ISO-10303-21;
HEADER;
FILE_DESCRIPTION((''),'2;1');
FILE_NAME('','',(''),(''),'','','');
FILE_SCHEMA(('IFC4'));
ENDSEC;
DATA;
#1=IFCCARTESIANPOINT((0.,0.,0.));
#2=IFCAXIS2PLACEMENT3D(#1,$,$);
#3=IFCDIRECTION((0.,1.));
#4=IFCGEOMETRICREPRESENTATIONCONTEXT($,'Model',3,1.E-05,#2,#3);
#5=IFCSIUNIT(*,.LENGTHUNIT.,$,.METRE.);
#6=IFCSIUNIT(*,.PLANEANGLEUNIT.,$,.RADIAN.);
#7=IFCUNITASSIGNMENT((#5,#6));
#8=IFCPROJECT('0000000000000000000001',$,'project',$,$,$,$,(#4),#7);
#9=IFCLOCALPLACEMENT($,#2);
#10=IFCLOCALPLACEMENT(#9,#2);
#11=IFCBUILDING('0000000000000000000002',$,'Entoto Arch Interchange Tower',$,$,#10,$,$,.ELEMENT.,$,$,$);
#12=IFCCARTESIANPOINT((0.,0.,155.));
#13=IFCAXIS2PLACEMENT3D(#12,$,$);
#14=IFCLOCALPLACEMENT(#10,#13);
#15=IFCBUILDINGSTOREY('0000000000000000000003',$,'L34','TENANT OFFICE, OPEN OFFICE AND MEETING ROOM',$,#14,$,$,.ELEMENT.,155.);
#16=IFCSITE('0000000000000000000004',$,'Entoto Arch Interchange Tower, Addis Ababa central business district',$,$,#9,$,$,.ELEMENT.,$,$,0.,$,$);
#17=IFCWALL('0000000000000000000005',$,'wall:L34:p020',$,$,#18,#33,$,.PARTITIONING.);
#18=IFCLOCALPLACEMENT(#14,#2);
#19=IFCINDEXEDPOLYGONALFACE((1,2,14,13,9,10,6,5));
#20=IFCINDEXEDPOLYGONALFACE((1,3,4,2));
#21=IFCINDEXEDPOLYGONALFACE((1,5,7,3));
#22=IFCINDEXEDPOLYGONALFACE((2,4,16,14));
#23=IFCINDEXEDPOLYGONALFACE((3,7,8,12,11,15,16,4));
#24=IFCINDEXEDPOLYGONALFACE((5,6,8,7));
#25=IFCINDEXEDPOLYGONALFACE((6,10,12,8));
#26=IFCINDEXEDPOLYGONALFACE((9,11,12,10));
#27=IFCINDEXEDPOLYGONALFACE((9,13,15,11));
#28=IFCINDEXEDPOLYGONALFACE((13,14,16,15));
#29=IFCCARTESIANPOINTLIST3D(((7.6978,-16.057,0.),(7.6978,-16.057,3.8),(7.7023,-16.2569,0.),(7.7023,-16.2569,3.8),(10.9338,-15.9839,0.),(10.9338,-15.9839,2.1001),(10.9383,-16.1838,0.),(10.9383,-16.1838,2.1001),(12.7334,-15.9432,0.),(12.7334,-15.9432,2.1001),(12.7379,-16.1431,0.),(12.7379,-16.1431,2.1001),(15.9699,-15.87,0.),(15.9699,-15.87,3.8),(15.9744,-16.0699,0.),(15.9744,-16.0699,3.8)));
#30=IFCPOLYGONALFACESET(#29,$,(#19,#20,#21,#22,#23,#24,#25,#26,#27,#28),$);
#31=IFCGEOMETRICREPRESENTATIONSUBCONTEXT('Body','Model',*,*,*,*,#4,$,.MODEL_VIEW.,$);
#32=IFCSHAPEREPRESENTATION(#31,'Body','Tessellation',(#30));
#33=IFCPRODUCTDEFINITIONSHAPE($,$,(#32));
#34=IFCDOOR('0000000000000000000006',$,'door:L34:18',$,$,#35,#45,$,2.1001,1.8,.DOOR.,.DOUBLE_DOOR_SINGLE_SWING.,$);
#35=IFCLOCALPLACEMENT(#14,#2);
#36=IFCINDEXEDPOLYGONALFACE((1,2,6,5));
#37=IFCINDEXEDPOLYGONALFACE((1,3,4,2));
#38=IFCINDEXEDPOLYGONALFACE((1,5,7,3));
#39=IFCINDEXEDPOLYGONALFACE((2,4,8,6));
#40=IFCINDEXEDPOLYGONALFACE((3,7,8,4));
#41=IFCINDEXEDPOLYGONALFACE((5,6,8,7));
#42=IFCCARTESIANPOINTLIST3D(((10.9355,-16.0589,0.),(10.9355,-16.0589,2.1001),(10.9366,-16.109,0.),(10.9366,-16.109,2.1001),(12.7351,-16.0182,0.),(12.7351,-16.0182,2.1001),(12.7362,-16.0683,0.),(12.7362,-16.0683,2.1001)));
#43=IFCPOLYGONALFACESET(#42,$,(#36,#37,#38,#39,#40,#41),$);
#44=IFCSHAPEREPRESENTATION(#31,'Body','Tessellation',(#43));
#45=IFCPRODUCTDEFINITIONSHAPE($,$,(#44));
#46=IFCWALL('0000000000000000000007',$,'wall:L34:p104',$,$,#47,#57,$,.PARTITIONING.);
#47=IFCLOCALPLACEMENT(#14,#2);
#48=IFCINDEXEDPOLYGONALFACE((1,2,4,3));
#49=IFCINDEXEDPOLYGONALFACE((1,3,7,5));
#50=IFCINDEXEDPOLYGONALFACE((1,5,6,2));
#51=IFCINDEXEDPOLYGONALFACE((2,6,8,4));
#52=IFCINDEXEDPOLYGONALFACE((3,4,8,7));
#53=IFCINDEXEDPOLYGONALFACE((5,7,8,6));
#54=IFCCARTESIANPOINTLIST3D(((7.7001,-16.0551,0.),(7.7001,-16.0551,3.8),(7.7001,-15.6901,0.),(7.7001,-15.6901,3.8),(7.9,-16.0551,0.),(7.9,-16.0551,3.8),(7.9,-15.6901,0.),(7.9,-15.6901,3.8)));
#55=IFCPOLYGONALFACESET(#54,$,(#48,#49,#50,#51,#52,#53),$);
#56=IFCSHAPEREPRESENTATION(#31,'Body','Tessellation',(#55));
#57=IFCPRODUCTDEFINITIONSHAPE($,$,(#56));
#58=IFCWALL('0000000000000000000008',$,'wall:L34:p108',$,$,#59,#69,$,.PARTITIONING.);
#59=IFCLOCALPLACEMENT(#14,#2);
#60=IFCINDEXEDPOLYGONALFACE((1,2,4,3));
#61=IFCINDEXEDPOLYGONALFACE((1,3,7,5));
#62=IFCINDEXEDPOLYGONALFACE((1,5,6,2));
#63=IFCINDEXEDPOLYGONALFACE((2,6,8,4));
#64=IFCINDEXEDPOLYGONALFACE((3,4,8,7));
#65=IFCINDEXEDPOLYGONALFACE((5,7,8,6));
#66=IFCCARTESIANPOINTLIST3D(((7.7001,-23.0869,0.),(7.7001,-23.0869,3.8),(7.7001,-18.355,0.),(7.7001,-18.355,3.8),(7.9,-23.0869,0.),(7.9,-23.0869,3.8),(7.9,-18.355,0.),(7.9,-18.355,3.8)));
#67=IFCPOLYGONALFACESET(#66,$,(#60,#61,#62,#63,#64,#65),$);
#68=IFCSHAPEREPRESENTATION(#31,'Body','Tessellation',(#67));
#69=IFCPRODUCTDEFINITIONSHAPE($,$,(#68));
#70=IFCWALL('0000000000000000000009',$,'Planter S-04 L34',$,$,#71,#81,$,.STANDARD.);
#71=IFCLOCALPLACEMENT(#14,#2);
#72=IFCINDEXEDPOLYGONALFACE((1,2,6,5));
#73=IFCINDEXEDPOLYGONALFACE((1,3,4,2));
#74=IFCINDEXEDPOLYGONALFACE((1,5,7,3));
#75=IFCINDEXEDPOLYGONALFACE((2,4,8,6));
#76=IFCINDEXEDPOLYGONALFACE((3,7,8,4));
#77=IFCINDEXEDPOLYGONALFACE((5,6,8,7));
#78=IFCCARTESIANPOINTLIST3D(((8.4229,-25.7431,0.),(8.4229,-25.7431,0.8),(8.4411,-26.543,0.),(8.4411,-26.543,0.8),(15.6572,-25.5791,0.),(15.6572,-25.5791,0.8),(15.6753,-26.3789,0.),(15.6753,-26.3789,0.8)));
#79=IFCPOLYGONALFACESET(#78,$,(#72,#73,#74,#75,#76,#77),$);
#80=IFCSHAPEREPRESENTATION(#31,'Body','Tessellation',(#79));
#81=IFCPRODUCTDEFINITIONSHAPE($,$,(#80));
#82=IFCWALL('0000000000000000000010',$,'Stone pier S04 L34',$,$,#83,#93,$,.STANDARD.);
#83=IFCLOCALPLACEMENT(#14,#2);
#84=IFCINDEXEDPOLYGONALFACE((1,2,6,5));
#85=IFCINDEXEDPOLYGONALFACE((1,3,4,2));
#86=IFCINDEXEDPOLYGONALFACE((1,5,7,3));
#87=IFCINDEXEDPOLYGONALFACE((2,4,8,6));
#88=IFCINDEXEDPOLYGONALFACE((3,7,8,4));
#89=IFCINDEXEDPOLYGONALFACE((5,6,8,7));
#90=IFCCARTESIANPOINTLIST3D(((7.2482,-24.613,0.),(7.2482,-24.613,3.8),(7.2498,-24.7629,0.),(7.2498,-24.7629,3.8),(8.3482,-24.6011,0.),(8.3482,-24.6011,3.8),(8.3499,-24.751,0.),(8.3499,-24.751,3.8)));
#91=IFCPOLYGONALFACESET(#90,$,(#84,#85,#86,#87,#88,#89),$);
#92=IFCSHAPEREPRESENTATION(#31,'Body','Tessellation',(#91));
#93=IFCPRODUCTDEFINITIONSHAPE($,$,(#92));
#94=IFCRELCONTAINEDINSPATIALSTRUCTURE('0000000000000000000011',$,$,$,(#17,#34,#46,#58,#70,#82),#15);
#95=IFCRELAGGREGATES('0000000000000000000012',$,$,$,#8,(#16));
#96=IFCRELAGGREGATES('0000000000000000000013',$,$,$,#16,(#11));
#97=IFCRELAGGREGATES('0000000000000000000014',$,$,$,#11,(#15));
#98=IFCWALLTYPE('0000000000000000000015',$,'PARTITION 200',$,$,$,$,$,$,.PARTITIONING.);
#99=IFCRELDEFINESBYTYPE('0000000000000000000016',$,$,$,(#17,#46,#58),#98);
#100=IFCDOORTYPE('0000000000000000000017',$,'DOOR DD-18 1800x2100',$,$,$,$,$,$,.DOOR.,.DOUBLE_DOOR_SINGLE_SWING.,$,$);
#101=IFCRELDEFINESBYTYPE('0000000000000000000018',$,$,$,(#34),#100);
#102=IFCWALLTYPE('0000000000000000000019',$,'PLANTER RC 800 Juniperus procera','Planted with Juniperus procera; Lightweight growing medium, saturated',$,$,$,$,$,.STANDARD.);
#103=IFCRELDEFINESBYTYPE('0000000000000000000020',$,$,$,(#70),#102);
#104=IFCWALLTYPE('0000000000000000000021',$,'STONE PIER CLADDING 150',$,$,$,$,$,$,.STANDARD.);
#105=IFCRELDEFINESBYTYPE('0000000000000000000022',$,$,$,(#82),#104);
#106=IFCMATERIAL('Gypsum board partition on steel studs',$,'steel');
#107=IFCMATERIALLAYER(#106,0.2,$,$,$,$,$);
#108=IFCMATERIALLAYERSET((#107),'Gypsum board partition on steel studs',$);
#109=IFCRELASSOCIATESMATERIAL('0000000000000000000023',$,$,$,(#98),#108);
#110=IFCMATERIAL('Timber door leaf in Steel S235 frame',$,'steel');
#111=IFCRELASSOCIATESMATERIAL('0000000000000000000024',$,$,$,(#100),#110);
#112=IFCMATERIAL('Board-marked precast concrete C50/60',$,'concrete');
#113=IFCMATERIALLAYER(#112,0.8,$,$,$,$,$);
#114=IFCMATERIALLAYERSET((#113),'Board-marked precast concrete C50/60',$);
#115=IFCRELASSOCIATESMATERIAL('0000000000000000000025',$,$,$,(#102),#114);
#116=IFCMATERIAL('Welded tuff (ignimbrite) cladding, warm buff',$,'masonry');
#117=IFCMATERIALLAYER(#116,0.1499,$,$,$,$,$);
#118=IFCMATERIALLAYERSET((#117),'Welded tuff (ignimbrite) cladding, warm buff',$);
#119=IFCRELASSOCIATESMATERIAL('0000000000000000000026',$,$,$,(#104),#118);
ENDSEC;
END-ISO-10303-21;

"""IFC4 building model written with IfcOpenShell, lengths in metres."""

from ifc_helpers import new_model, si_unit, direction, frame, frame_2d, origin, place, context, subcontext, project, spatial, rectangle, extrude, material, layer, layer_set, type_object, element, fill, save


model = new_model("IFC4")

# Units and contexts
model_context = context("Model", 3, precision=1e-05, world=origin(), true_north=direction((0.0, 1.0)))
body_context = subcontext(model_context, "Body", "Model", "MODEL_VIEW")
ifc_project = project(units=[si_unit("LENGTHUNIT", "METRE"), si_unit("PLANEANGLEUNIT", "RADIAN")], contexts=[model_context])

# Site, building, storey
site_placement = place(None, origin())
site = spatial("IfcSite", under=ifc_project, at=site_placement, Name="Entoto Arch Interchange Tower, Addis Ababa central business district", CompositionType="ELEMENT", RefElevation=0.0)
building_placement = place(site_placement, origin())
building = spatial("IfcBuilding", under=site, at=building_placement, Name="Entoto Arch Interchange Tower", CompositionType="ELEMENT")
storey_placement = place(building_placement, frame((0.0, 0.0, 155.0)))
storey = spatial("IfcBuildingStorey", under=building, at=storey_placement, Name="L34", Description="TENANT OFFICE, OPEN OFFICE AND MEETING ROOM", CompositionType="ELEMENT", Elevation=155.0)

# Wall, opening, door
ifc_material_1 = material(Name="Gypsum board partition on steel studs", Category="steel")
ifc_layer_1 = layer(ifc_material_1, 0.2)
ifc_layer_set_1 = layer_set([ifc_layer_1], Name="Gypsum board partition on steel studs")
wall_type_1 = type_object("IfcWallType", Name="PARTITION 200", PredefinedType="PARTITIONING", material=ifc_layer_set_1)
wall_1_placement = place(storey_placement, frame((7.7, -16.157, 0.0), z_axis=(0.0, 0.0, 1.0), x_axis=(0.999745, 0.022602, 0.0)))
wall_1 = element("IfcWall", 1, at=wall_1_placement, inside=storey, type_object=wall_type_1, Name="wall:L34:p020", PredefinedType="PARTITIONING", context=body_context, shape_type="SweptSolid", body=[
    extrude(rectangle(XDim=8.2742, YDim=0.2, at=frame_2d((4.1372, 0.0))), origin(), (0.0, 0.0, 1.0), 3.8),
])
opening_1_placement = place(wall_1_placement, frame((3.2371, 0.0, 0.0)))
opening_1 = element("IfcOpeningElement", 2, at=opening_1_placement, cuts=wall_1, PredefinedType="OPENING", context=body_context, shape_type="SweptSolid", body=[
    extrude(rectangle(XDim=1.8, YDim=2.1001, at=frame_2d((0.8999, 1.05))), frame((0.0, 0.1099, 0.0), z_axis=(0.0, -1.0, 0.0), x_axis=(1.0, 0.0, 0.0)), (0.0, 0.0, 1.0), 0.22),
])
ifc_material_2 = material(Name="Timber door leaf in Steel S235 frame", Category="steel")
door_type_1 = type_object("IfcDoorType", Name="DOOR DD-18 1800x2100", OperationType="DOUBLE_DOOR_SINGLE_SWING", PredefinedType="DOOR", material=ifc_material_2)
door_1_placement = place(opening_1_placement, origin())
door_1 = element("IfcDoor", 3, at=door_1_placement, inside=storey, type_object=door_type_1, Name="door:L34:18", OperationType="DOUBLE_DOOR_SINGLE_SWING", OverallHeight=2.1001, OverallWidth=1.8, PredefinedType="DOOR", context=body_context, shape_type="SweptSolid", body=[
    extrude(rectangle(XDim=1.8, YDim=2.1001, at=frame_2d((0.8999, 1.05))), frame((0.0, 0.0249, 0.0), z_axis=(0.0, -1.0, 0.0), x_axis=(1.0, 0.0, 0.0)), (0.0, 0.0, 1.0), 0.05),
])
fill(opening_1, door_1)

# Walls
wall_2_placement = place(storey_placement, frame((7.8, -15.6899, 0.0), z_axis=(0.0, 0.0, 1.0), x_axis=(0.0, -1.0, 0.0)))
element("IfcWall", 4, at=wall_2_placement, inside=storey, type_object=wall_type_1, Name="wall:L34:p104", PredefinedType="PARTITIONING", context=body_context, shape_type="SweptSolid", body=[
    extrude(rectangle(XDim=0.365, YDim=0.2, at=frame_2d((0.1826, 0.0))), origin(), (0.0, 0.0, 1.0), 3.8),
])
wall_3_placement = place(storey_placement, frame((7.8, -18.355, 0.0), z_axis=(0.0, 0.0, 1.0), x_axis=(0.0, -1.0, 0.0)))
element("IfcWall", 5, at=wall_3_placement, inside=storey, type_object=wall_type_1, Name="wall:L34:p108", PredefinedType="PARTITIONING", context=body_context, shape_type="SweptSolid", body=[
    extrude(rectangle(XDim=4.7319, YDim=0.2, at=frame_2d((2.366, 0.0))), origin(), (0.0, 0.0, 1.0), 3.8),
])
ifc_material_3 = material(Name="Board-marked precast concrete C50/60", Category="concrete")
ifc_layer_2 = layer(ifc_material_3, 0.8)
ifc_layer_set_2 = layer_set([ifc_layer_2], Name="Board-marked precast concrete C50/60")
wall_type_2 = type_object("IfcWallType", Name="PLANTER RC 800 Juniperus procera", Description="Planted with Juniperus procera; Lightweight growing medium, saturated", PredefinedType="STANDARD", material=ifc_layer_set_2)
wall_4_placement = place(storey_placement, frame((8.4319, -26.1431, 0.0), z_axis=(0.0, 0.0, 1.0), x_axis=(0.999743, 0.022673, 0.0)))
element("IfcWall", 6, at=wall_4_placement, inside=storey, type_object=wall_type_2, Name="Planter S-04 L34", PredefinedType="STANDARD", context=body_context, shape_type="SweptSolid", body=[
    extrude(rectangle(XDim=7.2361, YDim=0.8, at=frame_2d((3.6182, 0.0))), origin(), (0.0, 0.0, 1.0), 0.8),
])

# Shared definitions
ifc_material_4 = material(Name="Welded tuff (ignimbrite) cladding, warm buff", Category="masonry")

# Wall
ifc_layer_3 = layer(ifc_material_4, 0.1499)
ifc_layer_set_3 = layer_set([ifc_layer_3], Name="Welded tuff (ignimbrite) cladding, warm buff")
wall_type_3 = type_object("IfcWallType", Name="STONE PIER CLADDING 150", PredefinedType="STANDARD", material=ifc_layer_set_3)
wall_5_placement = place(storey_placement, frame((7.249, -24.688, 0.0), z_axis=(0.0, 0.0, 1.0), x_axis=(0.999941, 0.010874, 0.0)))
element("IfcWall", 7, at=wall_5_placement, inside=storey, type_object=wall_type_3, Name="Stone pier S04 L34", PredefinedType="STANDARD", context=body_context, shape_type="SweptSolid", body=[
    extrude(rectangle(XDim=1.1001, YDim=0.1499, at=frame_2d((0.55, 0.0))), origin(), (0.0, 0.0, 1.0), 3.8),
])

save(model, "model.ifc")
